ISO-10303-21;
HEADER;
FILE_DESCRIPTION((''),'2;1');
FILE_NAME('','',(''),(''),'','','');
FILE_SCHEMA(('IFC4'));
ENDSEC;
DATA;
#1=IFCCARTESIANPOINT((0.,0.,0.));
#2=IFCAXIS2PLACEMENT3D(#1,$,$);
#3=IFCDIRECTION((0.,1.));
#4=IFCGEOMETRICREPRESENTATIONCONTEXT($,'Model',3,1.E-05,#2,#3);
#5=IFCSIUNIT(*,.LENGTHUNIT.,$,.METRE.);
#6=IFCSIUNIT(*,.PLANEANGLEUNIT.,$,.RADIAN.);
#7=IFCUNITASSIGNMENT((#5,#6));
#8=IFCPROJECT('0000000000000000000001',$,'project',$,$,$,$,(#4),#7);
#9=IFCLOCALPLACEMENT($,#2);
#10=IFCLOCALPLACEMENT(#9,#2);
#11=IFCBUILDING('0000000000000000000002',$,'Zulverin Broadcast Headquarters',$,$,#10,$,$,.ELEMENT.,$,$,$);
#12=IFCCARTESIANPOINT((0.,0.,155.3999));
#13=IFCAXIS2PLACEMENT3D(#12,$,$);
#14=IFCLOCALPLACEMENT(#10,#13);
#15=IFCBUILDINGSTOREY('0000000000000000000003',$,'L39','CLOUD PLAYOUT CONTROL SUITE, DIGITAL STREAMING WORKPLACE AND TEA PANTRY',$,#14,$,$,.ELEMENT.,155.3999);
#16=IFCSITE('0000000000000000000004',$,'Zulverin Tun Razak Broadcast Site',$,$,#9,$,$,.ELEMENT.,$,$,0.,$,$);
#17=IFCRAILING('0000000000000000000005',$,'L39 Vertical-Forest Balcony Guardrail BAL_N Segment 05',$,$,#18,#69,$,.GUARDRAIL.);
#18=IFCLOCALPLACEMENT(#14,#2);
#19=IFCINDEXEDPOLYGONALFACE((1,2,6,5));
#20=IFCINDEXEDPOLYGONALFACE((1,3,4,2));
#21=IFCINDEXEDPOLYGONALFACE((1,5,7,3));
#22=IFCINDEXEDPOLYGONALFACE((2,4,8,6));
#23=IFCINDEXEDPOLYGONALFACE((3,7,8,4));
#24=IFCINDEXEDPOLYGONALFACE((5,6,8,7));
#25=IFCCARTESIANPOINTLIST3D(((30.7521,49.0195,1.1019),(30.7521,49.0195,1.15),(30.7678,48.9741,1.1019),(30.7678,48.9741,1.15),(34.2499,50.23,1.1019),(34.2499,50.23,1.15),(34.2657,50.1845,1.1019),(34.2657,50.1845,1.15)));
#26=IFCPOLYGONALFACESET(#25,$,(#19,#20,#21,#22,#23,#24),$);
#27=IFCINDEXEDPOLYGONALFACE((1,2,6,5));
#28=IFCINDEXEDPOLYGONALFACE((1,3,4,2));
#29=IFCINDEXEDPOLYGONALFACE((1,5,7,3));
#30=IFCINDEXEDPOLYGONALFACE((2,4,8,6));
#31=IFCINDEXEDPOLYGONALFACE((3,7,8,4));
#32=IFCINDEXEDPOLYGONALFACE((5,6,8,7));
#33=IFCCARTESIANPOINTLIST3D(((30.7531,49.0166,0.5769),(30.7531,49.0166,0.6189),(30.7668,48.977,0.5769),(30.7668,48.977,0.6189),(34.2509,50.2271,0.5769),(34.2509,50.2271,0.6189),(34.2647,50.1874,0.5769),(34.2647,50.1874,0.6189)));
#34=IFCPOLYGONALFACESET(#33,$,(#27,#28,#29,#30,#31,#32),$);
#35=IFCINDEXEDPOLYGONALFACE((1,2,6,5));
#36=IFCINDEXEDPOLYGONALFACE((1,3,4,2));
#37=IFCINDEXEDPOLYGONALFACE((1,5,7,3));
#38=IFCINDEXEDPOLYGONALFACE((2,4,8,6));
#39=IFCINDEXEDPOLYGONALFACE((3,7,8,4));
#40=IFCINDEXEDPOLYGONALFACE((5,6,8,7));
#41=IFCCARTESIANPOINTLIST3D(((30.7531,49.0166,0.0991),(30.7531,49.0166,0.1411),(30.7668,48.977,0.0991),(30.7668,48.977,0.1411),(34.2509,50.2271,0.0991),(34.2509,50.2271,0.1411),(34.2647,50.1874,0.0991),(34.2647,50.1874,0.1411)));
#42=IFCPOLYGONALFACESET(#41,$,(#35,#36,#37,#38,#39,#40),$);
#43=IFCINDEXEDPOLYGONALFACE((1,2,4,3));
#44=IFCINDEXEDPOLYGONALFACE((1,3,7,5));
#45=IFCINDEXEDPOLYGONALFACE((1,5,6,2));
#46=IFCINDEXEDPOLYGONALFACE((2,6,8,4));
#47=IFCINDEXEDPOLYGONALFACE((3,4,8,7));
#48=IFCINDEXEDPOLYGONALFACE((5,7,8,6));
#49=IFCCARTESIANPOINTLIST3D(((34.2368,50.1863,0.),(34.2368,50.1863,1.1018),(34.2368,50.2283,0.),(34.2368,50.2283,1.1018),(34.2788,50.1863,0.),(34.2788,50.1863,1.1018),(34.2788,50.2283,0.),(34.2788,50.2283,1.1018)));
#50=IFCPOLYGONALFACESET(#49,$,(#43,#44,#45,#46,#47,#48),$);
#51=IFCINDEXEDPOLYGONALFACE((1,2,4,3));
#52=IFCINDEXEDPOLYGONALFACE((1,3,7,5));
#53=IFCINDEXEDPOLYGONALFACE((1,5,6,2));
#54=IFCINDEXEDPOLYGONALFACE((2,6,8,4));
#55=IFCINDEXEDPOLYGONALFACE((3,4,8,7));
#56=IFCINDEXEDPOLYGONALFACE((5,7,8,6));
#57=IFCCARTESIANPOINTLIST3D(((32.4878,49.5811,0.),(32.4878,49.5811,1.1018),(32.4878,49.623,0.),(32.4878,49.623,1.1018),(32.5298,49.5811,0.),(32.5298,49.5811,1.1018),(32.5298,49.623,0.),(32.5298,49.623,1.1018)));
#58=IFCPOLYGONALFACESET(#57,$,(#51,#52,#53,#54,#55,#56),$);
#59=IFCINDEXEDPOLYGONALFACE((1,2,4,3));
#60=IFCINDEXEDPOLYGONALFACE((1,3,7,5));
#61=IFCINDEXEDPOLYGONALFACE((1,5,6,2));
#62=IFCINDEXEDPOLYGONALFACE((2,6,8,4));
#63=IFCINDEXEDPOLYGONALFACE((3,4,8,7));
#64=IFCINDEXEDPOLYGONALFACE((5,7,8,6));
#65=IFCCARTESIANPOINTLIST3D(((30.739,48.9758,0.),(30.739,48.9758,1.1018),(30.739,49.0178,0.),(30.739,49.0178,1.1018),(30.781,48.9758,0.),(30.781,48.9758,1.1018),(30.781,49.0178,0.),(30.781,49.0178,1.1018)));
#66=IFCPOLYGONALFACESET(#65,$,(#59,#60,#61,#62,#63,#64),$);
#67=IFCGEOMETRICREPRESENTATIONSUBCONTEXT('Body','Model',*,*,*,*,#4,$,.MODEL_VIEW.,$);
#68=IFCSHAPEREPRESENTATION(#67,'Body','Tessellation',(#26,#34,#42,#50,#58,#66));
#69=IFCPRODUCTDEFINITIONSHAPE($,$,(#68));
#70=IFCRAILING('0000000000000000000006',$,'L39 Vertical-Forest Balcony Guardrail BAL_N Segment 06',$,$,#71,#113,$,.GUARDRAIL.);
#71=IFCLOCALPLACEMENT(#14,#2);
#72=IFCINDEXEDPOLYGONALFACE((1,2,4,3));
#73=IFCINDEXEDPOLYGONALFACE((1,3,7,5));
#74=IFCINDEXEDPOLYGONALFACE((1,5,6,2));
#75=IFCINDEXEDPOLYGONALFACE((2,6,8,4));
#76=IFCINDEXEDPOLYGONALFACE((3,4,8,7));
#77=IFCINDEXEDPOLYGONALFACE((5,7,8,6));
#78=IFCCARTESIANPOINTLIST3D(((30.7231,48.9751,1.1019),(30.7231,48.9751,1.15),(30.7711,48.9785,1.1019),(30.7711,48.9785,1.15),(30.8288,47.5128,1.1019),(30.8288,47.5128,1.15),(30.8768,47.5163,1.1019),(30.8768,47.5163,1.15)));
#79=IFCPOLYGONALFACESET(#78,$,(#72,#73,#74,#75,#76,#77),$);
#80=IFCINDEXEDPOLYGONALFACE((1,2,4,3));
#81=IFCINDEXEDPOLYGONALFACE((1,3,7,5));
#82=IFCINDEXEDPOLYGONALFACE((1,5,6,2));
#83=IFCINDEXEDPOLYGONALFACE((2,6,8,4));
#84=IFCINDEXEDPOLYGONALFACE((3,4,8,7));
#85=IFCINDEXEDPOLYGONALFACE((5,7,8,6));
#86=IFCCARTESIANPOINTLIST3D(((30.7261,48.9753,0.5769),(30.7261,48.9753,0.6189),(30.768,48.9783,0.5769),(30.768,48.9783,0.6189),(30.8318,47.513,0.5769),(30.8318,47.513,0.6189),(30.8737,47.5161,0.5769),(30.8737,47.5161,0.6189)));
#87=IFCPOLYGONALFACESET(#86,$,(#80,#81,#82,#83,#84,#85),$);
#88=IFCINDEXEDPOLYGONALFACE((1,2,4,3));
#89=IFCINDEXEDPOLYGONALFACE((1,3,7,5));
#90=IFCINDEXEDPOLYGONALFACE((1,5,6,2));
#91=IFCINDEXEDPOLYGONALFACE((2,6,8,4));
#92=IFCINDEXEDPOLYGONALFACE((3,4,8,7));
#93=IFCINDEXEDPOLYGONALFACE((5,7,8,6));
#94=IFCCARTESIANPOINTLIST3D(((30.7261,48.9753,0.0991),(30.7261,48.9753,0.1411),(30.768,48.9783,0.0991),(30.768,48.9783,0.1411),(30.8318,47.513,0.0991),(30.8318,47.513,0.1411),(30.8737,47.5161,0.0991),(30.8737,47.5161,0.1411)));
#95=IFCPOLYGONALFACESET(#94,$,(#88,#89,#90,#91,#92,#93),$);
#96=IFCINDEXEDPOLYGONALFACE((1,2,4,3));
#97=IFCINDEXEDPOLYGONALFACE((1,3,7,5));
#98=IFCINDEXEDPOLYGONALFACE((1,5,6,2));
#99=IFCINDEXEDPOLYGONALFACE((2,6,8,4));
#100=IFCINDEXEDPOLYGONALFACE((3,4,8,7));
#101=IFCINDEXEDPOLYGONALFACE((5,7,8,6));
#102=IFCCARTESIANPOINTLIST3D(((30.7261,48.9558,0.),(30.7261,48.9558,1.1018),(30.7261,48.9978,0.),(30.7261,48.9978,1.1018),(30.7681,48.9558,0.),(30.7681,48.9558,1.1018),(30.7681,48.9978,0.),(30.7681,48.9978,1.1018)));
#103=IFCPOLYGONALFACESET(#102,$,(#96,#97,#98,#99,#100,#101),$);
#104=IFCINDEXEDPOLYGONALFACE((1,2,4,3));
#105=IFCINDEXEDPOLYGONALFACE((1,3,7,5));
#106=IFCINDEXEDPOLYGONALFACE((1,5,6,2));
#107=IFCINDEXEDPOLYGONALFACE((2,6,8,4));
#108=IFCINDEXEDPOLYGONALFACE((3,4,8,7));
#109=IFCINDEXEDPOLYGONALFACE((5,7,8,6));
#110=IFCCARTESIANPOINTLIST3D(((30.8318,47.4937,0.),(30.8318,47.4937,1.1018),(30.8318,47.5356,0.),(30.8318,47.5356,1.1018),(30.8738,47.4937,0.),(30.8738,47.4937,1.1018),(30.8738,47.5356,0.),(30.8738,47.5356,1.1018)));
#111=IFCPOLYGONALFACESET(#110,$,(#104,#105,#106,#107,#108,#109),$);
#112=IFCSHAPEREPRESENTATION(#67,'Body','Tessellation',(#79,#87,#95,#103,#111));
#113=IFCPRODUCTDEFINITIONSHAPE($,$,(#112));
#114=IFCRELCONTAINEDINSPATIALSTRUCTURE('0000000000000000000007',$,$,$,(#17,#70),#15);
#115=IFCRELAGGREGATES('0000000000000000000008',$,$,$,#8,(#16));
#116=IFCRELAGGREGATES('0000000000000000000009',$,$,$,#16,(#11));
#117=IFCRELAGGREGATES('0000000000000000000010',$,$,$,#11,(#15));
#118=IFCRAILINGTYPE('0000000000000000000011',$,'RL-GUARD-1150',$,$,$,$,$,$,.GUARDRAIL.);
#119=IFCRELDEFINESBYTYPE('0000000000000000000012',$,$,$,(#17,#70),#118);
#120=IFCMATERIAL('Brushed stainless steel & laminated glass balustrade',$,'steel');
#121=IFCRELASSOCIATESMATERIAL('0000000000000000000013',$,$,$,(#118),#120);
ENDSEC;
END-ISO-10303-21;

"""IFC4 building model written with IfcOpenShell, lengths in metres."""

from ifc_helpers import new_model, si_unit, direction, frame, origin, origin_2d, place, context, subcontext, project, spatial, rectangle, extrude, material, type_object, element, save


model = new_model("IFC4")

# Units and contexts
model_context = context("Model", 3, precision=1e-05, world=origin(), true_north=direction((0.0, 1.0)))
body_context = subcontext(model_context, "Body", "Model", "MODEL_VIEW")
ifc_project = project(units=[si_unit("LENGTHUNIT", "METRE"), si_unit("PLANEANGLEUNIT", "RADIAN")], contexts=[model_context])

# Site, building, storey
site_placement = place(None, origin())
site = spatial("IfcSite", under=ifc_project, at=site_placement, Name="Zulverin Tun Razak Broadcast Site", CompositionType="ELEMENT", RefElevation=0.0)
building_placement = place(site_placement, origin())
building = spatial("IfcBuilding", under=site, at=building_placement, Name="Zulverin Broadcast Headquarters", CompositionType="ELEMENT")
storey_placement = place(building_placement, frame((0.0, 0.0, 155.3999)))
storey = spatial("IfcBuildingStorey", under=building, at=storey_placement, Name="L39", Description="CLOUD PLAYOUT CONTROL SUITE, DIGITAL STREAMING WORKPLACE AND TEA PANTRY", CompositionType="ELEMENT", Elevation=155.3999)

# Railings
ifc_material_1 = material(Name="Brushed stainless steel & laminated glass balustrade", Category="steel")
railing_type = type_object("IfcRailingType", Name="RL-GUARD-1150", PredefinedType="GUARDRAIL", material=ifc_material_1)
railing_1_placement = place(storey_placement, frame((34.2578, 50.2073, 0.0)))
element("IfcRailing", 1, at=railing_1_placement, inside=storey, type_object=railing_type, Name="L39 Vertical-Forest Balcony Guardrail BAL_N Segment 05", PredefinedType="GUARDRAIL", context=body_context, shape_type="SweptSolid", body=[
    extrude(rectangle(XDim=0.0481, YDim=0.0481, at=origin_2d()), frame((0.0, 0.0, 1.126), z_axis=(-0.945014, -0.327031, 0.0), x_axis=(0.327031, -0.945014, 0.0)), (0.0, 0.0, 1.0), 3.7014),
    extrude(rectangle(XDim=0.042, YDim=0.042, at=origin_2d()), frame((0.0, 0.0, 0.5979), z_axis=(-0.945014, -0.327031, 0.0), x_axis=(0.327031, -0.945014, 0.0)), (0.0, 0.0, 1.0), 3.7014),
    extrude(rectangle(XDim=0.042, YDim=0.042, at=origin_2d()), frame((0.0, 0.0, 0.1201), z_axis=(-0.945014, -0.327031, 0.0), x_axis=(0.327031, -0.945014, 0.0)), (0.0, 0.0, 1.0), 3.7014),
    extrude(rectangle(XDim=0.042, YDim=0.042, at=origin_2d()), origin(), (0.0, 0.0, 1.0), 1.1018),
    extrude(rectangle(XDim=0.042, YDim=0.042, at=origin_2d()), frame((-1.749, -0.6052, 0.0)), (0.0, 0.0, 1.0), 1.1018),
    extrude(rectangle(XDim=0.042, YDim=0.042, at=origin_2d()), frame((-3.4978, -1.2104, 0.0)), (0.0, 0.0, 1.0), 1.1018),
])
railing_2_placement = place(storey_placement, frame((30.7471, 48.9768, 0.0)))
element("IfcRailing", 2, at=railing_2_placement, inside=storey, type_object=railing_type, Name="L39 Vertical-Forest Balcony Guardrail BAL_N Segment 06", PredefinedType="GUARDRAIL", context=body_context, shape_type="SweptSolid", body=[
    extrude(rectangle(XDim=0.0481, YDim=0.0481, at=origin_2d()), frame((0.0, 0.0, 1.126), z_axis=(0.072111, -0.997397, 0.0), x_axis=(0.997397, 0.072111, 0.0)), (0.0, 0.0, 1.0), 1.4661),
    extrude(rectangle(XDim=0.042, YDim=0.042, at=origin_2d()), frame((0.0, 0.0, 0.5979), z_axis=(0.072111, -0.997397, 0.0), x_axis=(0.997397, 0.072111, 0.0)), (0.0, 0.0, 1.0), 1.4661),
    extrude(rectangle(XDim=0.042, YDim=0.042, at=origin_2d()), frame((0.0, 0.0, 0.1201), z_axis=(0.072111, -0.997397, 0.0), x_axis=(0.997397, 0.072111, 0.0)), (0.0, 0.0, 1.0), 1.4661),
    extrude(rectangle(XDim=0.042, YDim=0.042, at=origin_2d()), origin(), (0.0, 0.0, 1.0), 1.1018),
    extrude(rectangle(XDim=0.042, YDim=0.042, at=origin_2d()), frame((0.1057, -1.4622, 0.0)), (0.0, 0.0, 1.0), 1.1018),
])

save(model, "model.ifc")
